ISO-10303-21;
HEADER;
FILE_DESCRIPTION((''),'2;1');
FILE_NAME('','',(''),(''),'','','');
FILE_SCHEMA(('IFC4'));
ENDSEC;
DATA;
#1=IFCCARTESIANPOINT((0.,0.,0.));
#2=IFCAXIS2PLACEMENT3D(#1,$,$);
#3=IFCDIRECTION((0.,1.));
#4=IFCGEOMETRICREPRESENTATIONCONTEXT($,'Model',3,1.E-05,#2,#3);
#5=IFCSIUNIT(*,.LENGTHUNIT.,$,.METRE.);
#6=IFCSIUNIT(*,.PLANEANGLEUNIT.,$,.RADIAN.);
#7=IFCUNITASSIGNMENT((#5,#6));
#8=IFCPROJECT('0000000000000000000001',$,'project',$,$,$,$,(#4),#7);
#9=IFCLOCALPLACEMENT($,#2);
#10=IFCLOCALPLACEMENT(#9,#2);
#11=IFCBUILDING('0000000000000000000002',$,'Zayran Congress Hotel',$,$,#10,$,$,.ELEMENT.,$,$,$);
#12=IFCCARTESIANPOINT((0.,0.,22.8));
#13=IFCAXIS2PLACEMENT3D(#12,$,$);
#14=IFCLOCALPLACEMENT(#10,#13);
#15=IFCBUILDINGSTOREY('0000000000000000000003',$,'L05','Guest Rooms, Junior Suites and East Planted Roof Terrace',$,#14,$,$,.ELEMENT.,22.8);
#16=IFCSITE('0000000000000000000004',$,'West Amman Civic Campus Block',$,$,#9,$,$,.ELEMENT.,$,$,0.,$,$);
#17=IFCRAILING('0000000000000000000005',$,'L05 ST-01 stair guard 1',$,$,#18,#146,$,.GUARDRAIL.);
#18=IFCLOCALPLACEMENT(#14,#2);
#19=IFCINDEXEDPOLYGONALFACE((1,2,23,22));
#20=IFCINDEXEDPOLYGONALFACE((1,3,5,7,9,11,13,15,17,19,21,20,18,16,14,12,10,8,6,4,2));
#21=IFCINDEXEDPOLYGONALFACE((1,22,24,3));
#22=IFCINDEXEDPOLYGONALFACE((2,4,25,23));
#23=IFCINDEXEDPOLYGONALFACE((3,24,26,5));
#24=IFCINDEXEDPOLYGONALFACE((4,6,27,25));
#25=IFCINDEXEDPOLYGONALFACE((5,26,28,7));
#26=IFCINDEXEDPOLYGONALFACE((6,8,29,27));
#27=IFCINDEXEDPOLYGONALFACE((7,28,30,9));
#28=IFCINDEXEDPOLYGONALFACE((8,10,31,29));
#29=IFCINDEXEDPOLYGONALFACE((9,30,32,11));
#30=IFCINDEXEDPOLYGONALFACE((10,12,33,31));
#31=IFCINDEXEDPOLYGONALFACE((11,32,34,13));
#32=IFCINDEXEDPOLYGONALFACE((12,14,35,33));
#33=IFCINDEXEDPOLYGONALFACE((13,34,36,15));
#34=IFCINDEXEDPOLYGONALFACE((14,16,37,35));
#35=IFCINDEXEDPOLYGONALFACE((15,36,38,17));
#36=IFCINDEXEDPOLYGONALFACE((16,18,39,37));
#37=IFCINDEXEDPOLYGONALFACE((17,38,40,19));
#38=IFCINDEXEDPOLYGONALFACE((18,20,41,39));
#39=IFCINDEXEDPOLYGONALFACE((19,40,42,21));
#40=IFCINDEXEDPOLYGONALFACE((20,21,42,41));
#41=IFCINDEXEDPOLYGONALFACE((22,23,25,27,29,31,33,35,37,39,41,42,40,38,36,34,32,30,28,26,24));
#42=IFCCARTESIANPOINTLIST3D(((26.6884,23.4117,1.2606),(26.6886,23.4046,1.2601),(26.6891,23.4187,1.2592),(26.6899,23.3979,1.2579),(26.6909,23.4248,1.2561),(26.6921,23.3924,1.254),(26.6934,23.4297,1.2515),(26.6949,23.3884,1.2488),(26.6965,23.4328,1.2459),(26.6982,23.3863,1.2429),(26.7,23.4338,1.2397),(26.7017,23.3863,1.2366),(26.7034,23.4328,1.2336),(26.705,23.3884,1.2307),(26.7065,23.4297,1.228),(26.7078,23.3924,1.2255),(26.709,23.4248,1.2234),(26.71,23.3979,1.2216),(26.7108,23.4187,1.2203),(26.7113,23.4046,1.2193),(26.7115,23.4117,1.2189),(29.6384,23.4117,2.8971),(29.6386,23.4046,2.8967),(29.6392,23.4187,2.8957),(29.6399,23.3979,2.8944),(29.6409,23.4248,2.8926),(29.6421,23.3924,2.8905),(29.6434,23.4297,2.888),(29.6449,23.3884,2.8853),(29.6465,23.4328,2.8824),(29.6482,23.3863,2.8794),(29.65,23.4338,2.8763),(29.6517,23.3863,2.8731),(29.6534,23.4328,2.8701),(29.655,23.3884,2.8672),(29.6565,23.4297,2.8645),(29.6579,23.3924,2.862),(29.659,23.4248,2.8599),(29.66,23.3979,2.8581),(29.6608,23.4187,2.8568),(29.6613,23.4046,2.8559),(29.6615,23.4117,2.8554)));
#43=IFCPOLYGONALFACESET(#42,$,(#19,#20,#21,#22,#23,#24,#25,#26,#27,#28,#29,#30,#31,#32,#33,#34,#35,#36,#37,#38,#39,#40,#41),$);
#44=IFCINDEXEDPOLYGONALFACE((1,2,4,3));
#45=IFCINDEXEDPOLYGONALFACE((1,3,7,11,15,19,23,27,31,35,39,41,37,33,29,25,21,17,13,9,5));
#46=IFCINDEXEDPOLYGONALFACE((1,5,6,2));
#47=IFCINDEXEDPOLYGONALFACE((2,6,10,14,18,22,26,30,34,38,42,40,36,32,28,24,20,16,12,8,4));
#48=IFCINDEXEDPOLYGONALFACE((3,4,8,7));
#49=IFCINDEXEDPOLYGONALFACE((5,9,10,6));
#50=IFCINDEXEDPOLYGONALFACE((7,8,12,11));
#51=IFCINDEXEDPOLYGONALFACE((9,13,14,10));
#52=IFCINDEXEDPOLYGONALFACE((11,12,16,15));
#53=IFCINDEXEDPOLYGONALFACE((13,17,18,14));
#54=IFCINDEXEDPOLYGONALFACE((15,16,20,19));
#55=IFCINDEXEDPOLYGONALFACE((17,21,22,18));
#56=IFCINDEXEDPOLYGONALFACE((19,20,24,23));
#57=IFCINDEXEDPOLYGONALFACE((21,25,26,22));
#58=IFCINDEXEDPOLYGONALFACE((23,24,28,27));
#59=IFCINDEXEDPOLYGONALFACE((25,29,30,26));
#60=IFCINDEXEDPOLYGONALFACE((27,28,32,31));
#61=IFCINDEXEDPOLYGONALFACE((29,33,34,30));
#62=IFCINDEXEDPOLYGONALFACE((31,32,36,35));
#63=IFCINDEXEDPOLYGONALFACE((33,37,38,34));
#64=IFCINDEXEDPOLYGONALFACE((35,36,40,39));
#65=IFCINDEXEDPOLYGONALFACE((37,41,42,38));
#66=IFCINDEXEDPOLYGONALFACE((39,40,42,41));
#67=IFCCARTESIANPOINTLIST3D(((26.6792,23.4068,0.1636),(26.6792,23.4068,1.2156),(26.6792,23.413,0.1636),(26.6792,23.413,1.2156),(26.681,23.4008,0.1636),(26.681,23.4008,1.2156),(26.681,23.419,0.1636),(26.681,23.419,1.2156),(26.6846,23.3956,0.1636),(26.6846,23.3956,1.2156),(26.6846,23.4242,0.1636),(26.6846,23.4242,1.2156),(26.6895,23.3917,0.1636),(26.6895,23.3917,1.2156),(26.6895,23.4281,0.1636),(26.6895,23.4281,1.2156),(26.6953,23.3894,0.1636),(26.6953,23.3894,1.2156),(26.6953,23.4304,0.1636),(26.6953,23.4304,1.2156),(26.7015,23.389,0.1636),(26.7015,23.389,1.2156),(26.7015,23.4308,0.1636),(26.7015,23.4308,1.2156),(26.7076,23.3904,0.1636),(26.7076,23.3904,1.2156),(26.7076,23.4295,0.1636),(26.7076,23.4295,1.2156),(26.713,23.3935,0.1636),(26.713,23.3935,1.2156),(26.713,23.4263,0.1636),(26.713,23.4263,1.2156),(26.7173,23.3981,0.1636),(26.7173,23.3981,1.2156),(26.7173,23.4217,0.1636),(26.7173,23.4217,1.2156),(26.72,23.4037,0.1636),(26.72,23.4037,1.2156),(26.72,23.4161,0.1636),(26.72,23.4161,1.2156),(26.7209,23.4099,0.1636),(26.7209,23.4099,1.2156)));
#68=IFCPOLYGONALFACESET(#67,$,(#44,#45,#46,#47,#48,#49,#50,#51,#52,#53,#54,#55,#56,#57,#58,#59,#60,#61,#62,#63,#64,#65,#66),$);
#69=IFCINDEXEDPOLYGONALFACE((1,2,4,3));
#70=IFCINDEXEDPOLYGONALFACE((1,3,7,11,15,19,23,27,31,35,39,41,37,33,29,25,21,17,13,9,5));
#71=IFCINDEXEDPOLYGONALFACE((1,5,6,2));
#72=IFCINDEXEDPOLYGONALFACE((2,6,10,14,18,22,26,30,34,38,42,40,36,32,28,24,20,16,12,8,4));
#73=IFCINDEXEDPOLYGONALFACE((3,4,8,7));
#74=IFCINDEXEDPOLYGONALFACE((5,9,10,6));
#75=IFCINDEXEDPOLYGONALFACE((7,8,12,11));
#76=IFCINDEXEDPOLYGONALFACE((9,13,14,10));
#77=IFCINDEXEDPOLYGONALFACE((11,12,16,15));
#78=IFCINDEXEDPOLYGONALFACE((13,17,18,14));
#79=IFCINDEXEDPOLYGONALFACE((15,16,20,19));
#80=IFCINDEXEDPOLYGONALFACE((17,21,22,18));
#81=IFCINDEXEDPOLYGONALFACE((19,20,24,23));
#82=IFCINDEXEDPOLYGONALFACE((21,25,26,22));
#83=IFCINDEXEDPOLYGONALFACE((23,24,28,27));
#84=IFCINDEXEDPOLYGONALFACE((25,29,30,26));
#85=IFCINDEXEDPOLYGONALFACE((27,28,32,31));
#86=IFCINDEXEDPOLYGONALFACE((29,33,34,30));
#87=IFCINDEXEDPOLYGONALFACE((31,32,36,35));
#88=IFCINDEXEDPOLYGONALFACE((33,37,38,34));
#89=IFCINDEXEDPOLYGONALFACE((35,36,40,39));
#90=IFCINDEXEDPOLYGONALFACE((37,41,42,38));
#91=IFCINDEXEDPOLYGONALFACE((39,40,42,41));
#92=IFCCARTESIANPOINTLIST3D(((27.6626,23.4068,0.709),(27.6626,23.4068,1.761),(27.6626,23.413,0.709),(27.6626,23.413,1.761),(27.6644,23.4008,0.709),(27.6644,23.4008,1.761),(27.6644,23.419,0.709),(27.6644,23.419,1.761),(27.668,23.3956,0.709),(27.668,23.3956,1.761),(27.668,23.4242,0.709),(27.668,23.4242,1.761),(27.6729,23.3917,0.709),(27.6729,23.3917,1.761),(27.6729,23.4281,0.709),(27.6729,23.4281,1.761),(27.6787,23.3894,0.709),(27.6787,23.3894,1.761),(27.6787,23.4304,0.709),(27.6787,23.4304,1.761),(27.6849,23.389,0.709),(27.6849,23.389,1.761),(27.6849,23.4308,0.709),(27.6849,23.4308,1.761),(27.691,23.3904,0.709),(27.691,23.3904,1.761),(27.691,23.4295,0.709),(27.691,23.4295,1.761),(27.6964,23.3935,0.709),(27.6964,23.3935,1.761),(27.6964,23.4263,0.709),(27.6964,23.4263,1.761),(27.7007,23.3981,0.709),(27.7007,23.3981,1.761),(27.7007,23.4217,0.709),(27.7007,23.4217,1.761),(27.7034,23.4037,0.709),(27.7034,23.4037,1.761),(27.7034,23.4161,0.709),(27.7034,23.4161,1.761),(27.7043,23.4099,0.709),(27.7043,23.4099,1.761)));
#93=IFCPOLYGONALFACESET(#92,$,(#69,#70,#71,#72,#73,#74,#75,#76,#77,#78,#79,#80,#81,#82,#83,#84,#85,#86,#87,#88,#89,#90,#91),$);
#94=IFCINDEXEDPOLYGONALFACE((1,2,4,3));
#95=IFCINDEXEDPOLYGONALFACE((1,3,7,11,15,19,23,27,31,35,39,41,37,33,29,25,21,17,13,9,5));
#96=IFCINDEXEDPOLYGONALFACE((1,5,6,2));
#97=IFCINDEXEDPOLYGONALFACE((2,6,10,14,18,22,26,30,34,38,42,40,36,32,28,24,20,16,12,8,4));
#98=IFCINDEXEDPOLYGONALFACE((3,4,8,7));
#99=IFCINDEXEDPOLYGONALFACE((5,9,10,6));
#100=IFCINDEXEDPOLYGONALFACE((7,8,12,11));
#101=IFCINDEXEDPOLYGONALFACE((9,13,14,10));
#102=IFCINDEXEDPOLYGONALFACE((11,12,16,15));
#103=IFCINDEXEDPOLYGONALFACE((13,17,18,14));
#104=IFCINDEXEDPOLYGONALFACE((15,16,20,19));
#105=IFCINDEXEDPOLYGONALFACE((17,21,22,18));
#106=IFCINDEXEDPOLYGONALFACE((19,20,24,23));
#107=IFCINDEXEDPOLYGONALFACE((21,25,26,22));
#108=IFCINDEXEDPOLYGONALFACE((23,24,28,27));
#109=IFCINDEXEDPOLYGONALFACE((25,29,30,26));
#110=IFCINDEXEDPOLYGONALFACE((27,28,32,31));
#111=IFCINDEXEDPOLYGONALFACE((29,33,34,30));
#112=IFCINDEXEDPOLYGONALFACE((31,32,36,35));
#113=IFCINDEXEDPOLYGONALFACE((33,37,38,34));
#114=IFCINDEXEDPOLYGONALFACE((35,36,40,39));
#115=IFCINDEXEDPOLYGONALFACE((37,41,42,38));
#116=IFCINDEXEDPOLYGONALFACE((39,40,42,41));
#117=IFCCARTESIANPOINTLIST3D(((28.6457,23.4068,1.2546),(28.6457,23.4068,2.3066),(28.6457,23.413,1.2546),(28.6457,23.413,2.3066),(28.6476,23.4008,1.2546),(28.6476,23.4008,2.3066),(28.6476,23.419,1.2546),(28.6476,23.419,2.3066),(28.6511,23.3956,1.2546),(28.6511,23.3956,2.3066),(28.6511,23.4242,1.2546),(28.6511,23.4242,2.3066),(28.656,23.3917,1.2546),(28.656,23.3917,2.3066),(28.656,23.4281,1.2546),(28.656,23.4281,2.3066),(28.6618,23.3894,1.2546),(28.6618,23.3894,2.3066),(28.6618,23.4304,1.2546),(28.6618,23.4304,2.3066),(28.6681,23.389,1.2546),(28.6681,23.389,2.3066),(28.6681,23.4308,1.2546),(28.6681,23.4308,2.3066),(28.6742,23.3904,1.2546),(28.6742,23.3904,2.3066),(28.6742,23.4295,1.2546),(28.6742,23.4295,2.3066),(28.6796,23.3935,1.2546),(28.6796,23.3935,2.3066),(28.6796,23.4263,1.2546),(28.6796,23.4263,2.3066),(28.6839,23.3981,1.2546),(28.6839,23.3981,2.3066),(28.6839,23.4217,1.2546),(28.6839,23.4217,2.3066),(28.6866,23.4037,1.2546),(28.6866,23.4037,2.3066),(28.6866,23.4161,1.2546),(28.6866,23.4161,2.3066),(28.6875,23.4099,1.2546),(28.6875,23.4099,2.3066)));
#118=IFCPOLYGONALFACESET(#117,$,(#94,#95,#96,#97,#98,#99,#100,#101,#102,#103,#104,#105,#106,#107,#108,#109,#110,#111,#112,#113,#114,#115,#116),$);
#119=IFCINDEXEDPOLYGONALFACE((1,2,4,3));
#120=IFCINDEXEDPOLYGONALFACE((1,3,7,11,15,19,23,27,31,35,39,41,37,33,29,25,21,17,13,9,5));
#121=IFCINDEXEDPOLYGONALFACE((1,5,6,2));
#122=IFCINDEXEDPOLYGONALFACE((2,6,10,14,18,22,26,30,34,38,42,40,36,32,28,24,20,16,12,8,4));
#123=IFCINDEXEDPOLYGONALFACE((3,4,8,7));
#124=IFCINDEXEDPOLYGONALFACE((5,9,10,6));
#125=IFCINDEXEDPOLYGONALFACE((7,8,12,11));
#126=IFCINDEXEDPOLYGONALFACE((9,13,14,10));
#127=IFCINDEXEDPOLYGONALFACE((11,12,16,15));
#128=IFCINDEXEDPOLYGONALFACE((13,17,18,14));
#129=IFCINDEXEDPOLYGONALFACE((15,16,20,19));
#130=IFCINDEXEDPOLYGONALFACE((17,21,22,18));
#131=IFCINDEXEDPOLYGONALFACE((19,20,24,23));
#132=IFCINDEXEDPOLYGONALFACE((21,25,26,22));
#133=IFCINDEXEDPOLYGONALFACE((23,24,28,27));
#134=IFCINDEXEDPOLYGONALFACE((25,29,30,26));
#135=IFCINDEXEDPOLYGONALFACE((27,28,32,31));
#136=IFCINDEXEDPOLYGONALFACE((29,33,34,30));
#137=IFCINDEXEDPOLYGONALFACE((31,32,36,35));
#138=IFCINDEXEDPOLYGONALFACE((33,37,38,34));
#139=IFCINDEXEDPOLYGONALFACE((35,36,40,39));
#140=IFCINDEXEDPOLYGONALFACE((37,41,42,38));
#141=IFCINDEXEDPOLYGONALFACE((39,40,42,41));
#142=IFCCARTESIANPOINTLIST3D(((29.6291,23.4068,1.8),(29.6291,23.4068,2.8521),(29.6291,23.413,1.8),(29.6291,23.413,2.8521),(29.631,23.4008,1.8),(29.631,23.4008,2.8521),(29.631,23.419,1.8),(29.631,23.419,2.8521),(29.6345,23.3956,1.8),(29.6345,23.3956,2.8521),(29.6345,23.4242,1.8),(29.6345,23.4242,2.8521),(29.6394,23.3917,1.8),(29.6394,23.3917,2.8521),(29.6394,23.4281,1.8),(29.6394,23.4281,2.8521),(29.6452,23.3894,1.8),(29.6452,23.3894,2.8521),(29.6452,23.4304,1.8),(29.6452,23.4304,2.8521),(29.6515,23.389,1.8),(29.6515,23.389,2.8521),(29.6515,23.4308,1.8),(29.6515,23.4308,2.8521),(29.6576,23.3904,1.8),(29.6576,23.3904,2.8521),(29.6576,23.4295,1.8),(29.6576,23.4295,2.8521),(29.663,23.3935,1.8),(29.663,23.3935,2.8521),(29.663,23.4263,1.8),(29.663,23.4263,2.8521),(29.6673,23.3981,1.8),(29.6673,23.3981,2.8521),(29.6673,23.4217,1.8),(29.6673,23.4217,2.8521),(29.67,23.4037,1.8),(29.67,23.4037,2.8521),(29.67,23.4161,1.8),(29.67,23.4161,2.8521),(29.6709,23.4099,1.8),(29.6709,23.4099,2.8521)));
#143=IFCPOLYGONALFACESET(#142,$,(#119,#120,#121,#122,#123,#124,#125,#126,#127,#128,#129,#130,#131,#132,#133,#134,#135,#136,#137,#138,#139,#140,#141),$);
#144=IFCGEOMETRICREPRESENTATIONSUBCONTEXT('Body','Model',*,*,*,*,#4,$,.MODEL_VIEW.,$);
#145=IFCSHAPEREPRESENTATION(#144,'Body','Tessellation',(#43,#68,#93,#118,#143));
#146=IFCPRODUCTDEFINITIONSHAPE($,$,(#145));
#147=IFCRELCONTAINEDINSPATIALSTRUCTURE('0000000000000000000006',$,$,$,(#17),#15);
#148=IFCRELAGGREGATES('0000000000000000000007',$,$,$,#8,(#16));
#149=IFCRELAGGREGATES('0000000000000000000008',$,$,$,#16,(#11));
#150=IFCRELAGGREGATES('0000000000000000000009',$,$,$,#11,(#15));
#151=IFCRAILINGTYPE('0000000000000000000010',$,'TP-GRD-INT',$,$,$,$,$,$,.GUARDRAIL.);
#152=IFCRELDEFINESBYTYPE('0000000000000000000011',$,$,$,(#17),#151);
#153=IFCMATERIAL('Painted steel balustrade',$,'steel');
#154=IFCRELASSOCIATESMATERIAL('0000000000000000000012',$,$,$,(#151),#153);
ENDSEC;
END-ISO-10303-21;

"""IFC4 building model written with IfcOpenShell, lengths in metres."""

from ifc_helpers import new_model, si_unit, direction, frame, origin, origin_2d, place, context, subcontext, project, spatial, circle, extrude, material, type_object, element, save


model = new_model("IFC4")

# Units and contexts
model_context = context("Model", 3, precision=1e-05, world=origin(), true_north=direction((0.0, 1.0)))
body_context = subcontext(model_context, "Body", "Model", "MODEL_VIEW")
ifc_project = project(units=[si_unit("LENGTHUNIT", "METRE"), si_unit("PLANEANGLEUNIT", "RADIAN")], contexts=[model_context])

# Site, building, storey
site_placement = place(None, origin())
site = spatial("IfcSite", under=ifc_project, at=site_placement, Name="West Amman Civic Campus Block", CompositionType="ELEMENT", RefElevation=0.0)
building_placement = place(site_placement, origin())
building = spatial("IfcBuilding", under=site, at=building_placement, Name="Zayran Congress Hotel", CompositionType="ELEMENT")
storey_placement = place(building_placement, frame((0.0, 0.0, 22.8)))
storey = spatial("IfcBuildingStorey", under=building, at=storey_placement, Name="L05", Description="Guest Rooms, Junior Suites and East Planted Roof Terrace", CompositionType="ELEMENT", Elevation=22.8)

# Railing
ifc_material_1 = material(Name="Painted steel balustrade", Category="steel")
railing_type_1 = type_object("IfcRailingType", Name="TP-GRD-INT", PredefinedType="GUARDRAIL", material=ifc_material_1)
railing_1_placement = place(storey_placement, frame((26.7, 23.4099, 0.1636)))
element("IfcRailing", 1, at=railing_1_placement, inside=storey, type_object=railing_type_1, Name="L05 ST-01 stair guard 1", PredefinedType="GUARDRAIL", context=body_context, shape_type="SweptSolid", body=[
    extrude(circle(Radius=0.0239, at=origin_2d()), frame((0.0, 0.0, 1.0762), z_axis=(0.874458, 0.0, 0.485102), x_axis=(0.0, 1.0, 0.0)), (0.0, 0.0, 1.0), 3.3735),
    extrude(circle(Radius=0.021, at=origin_2d()), origin(), (0.0, 0.0, 1.0), 1.052),
    extrude(circle(Radius=0.021, at=origin_2d()), frame((0.9834, 0.0, 0.5454)), (0.0, 0.0, 1.0), 1.052),
    extrude(circle(Radius=0.021, at=origin_2d()), frame((1.9666, 0.0, 1.0911)), (0.0, 0.0, 1.0), 1.052),
    extrude(circle(Radius=0.021, at=origin_2d()), frame((2.95, 0.0, 1.6365)), (0.0, 0.0, 1.0), 1.052),
])

save(model, "model.ifc")
